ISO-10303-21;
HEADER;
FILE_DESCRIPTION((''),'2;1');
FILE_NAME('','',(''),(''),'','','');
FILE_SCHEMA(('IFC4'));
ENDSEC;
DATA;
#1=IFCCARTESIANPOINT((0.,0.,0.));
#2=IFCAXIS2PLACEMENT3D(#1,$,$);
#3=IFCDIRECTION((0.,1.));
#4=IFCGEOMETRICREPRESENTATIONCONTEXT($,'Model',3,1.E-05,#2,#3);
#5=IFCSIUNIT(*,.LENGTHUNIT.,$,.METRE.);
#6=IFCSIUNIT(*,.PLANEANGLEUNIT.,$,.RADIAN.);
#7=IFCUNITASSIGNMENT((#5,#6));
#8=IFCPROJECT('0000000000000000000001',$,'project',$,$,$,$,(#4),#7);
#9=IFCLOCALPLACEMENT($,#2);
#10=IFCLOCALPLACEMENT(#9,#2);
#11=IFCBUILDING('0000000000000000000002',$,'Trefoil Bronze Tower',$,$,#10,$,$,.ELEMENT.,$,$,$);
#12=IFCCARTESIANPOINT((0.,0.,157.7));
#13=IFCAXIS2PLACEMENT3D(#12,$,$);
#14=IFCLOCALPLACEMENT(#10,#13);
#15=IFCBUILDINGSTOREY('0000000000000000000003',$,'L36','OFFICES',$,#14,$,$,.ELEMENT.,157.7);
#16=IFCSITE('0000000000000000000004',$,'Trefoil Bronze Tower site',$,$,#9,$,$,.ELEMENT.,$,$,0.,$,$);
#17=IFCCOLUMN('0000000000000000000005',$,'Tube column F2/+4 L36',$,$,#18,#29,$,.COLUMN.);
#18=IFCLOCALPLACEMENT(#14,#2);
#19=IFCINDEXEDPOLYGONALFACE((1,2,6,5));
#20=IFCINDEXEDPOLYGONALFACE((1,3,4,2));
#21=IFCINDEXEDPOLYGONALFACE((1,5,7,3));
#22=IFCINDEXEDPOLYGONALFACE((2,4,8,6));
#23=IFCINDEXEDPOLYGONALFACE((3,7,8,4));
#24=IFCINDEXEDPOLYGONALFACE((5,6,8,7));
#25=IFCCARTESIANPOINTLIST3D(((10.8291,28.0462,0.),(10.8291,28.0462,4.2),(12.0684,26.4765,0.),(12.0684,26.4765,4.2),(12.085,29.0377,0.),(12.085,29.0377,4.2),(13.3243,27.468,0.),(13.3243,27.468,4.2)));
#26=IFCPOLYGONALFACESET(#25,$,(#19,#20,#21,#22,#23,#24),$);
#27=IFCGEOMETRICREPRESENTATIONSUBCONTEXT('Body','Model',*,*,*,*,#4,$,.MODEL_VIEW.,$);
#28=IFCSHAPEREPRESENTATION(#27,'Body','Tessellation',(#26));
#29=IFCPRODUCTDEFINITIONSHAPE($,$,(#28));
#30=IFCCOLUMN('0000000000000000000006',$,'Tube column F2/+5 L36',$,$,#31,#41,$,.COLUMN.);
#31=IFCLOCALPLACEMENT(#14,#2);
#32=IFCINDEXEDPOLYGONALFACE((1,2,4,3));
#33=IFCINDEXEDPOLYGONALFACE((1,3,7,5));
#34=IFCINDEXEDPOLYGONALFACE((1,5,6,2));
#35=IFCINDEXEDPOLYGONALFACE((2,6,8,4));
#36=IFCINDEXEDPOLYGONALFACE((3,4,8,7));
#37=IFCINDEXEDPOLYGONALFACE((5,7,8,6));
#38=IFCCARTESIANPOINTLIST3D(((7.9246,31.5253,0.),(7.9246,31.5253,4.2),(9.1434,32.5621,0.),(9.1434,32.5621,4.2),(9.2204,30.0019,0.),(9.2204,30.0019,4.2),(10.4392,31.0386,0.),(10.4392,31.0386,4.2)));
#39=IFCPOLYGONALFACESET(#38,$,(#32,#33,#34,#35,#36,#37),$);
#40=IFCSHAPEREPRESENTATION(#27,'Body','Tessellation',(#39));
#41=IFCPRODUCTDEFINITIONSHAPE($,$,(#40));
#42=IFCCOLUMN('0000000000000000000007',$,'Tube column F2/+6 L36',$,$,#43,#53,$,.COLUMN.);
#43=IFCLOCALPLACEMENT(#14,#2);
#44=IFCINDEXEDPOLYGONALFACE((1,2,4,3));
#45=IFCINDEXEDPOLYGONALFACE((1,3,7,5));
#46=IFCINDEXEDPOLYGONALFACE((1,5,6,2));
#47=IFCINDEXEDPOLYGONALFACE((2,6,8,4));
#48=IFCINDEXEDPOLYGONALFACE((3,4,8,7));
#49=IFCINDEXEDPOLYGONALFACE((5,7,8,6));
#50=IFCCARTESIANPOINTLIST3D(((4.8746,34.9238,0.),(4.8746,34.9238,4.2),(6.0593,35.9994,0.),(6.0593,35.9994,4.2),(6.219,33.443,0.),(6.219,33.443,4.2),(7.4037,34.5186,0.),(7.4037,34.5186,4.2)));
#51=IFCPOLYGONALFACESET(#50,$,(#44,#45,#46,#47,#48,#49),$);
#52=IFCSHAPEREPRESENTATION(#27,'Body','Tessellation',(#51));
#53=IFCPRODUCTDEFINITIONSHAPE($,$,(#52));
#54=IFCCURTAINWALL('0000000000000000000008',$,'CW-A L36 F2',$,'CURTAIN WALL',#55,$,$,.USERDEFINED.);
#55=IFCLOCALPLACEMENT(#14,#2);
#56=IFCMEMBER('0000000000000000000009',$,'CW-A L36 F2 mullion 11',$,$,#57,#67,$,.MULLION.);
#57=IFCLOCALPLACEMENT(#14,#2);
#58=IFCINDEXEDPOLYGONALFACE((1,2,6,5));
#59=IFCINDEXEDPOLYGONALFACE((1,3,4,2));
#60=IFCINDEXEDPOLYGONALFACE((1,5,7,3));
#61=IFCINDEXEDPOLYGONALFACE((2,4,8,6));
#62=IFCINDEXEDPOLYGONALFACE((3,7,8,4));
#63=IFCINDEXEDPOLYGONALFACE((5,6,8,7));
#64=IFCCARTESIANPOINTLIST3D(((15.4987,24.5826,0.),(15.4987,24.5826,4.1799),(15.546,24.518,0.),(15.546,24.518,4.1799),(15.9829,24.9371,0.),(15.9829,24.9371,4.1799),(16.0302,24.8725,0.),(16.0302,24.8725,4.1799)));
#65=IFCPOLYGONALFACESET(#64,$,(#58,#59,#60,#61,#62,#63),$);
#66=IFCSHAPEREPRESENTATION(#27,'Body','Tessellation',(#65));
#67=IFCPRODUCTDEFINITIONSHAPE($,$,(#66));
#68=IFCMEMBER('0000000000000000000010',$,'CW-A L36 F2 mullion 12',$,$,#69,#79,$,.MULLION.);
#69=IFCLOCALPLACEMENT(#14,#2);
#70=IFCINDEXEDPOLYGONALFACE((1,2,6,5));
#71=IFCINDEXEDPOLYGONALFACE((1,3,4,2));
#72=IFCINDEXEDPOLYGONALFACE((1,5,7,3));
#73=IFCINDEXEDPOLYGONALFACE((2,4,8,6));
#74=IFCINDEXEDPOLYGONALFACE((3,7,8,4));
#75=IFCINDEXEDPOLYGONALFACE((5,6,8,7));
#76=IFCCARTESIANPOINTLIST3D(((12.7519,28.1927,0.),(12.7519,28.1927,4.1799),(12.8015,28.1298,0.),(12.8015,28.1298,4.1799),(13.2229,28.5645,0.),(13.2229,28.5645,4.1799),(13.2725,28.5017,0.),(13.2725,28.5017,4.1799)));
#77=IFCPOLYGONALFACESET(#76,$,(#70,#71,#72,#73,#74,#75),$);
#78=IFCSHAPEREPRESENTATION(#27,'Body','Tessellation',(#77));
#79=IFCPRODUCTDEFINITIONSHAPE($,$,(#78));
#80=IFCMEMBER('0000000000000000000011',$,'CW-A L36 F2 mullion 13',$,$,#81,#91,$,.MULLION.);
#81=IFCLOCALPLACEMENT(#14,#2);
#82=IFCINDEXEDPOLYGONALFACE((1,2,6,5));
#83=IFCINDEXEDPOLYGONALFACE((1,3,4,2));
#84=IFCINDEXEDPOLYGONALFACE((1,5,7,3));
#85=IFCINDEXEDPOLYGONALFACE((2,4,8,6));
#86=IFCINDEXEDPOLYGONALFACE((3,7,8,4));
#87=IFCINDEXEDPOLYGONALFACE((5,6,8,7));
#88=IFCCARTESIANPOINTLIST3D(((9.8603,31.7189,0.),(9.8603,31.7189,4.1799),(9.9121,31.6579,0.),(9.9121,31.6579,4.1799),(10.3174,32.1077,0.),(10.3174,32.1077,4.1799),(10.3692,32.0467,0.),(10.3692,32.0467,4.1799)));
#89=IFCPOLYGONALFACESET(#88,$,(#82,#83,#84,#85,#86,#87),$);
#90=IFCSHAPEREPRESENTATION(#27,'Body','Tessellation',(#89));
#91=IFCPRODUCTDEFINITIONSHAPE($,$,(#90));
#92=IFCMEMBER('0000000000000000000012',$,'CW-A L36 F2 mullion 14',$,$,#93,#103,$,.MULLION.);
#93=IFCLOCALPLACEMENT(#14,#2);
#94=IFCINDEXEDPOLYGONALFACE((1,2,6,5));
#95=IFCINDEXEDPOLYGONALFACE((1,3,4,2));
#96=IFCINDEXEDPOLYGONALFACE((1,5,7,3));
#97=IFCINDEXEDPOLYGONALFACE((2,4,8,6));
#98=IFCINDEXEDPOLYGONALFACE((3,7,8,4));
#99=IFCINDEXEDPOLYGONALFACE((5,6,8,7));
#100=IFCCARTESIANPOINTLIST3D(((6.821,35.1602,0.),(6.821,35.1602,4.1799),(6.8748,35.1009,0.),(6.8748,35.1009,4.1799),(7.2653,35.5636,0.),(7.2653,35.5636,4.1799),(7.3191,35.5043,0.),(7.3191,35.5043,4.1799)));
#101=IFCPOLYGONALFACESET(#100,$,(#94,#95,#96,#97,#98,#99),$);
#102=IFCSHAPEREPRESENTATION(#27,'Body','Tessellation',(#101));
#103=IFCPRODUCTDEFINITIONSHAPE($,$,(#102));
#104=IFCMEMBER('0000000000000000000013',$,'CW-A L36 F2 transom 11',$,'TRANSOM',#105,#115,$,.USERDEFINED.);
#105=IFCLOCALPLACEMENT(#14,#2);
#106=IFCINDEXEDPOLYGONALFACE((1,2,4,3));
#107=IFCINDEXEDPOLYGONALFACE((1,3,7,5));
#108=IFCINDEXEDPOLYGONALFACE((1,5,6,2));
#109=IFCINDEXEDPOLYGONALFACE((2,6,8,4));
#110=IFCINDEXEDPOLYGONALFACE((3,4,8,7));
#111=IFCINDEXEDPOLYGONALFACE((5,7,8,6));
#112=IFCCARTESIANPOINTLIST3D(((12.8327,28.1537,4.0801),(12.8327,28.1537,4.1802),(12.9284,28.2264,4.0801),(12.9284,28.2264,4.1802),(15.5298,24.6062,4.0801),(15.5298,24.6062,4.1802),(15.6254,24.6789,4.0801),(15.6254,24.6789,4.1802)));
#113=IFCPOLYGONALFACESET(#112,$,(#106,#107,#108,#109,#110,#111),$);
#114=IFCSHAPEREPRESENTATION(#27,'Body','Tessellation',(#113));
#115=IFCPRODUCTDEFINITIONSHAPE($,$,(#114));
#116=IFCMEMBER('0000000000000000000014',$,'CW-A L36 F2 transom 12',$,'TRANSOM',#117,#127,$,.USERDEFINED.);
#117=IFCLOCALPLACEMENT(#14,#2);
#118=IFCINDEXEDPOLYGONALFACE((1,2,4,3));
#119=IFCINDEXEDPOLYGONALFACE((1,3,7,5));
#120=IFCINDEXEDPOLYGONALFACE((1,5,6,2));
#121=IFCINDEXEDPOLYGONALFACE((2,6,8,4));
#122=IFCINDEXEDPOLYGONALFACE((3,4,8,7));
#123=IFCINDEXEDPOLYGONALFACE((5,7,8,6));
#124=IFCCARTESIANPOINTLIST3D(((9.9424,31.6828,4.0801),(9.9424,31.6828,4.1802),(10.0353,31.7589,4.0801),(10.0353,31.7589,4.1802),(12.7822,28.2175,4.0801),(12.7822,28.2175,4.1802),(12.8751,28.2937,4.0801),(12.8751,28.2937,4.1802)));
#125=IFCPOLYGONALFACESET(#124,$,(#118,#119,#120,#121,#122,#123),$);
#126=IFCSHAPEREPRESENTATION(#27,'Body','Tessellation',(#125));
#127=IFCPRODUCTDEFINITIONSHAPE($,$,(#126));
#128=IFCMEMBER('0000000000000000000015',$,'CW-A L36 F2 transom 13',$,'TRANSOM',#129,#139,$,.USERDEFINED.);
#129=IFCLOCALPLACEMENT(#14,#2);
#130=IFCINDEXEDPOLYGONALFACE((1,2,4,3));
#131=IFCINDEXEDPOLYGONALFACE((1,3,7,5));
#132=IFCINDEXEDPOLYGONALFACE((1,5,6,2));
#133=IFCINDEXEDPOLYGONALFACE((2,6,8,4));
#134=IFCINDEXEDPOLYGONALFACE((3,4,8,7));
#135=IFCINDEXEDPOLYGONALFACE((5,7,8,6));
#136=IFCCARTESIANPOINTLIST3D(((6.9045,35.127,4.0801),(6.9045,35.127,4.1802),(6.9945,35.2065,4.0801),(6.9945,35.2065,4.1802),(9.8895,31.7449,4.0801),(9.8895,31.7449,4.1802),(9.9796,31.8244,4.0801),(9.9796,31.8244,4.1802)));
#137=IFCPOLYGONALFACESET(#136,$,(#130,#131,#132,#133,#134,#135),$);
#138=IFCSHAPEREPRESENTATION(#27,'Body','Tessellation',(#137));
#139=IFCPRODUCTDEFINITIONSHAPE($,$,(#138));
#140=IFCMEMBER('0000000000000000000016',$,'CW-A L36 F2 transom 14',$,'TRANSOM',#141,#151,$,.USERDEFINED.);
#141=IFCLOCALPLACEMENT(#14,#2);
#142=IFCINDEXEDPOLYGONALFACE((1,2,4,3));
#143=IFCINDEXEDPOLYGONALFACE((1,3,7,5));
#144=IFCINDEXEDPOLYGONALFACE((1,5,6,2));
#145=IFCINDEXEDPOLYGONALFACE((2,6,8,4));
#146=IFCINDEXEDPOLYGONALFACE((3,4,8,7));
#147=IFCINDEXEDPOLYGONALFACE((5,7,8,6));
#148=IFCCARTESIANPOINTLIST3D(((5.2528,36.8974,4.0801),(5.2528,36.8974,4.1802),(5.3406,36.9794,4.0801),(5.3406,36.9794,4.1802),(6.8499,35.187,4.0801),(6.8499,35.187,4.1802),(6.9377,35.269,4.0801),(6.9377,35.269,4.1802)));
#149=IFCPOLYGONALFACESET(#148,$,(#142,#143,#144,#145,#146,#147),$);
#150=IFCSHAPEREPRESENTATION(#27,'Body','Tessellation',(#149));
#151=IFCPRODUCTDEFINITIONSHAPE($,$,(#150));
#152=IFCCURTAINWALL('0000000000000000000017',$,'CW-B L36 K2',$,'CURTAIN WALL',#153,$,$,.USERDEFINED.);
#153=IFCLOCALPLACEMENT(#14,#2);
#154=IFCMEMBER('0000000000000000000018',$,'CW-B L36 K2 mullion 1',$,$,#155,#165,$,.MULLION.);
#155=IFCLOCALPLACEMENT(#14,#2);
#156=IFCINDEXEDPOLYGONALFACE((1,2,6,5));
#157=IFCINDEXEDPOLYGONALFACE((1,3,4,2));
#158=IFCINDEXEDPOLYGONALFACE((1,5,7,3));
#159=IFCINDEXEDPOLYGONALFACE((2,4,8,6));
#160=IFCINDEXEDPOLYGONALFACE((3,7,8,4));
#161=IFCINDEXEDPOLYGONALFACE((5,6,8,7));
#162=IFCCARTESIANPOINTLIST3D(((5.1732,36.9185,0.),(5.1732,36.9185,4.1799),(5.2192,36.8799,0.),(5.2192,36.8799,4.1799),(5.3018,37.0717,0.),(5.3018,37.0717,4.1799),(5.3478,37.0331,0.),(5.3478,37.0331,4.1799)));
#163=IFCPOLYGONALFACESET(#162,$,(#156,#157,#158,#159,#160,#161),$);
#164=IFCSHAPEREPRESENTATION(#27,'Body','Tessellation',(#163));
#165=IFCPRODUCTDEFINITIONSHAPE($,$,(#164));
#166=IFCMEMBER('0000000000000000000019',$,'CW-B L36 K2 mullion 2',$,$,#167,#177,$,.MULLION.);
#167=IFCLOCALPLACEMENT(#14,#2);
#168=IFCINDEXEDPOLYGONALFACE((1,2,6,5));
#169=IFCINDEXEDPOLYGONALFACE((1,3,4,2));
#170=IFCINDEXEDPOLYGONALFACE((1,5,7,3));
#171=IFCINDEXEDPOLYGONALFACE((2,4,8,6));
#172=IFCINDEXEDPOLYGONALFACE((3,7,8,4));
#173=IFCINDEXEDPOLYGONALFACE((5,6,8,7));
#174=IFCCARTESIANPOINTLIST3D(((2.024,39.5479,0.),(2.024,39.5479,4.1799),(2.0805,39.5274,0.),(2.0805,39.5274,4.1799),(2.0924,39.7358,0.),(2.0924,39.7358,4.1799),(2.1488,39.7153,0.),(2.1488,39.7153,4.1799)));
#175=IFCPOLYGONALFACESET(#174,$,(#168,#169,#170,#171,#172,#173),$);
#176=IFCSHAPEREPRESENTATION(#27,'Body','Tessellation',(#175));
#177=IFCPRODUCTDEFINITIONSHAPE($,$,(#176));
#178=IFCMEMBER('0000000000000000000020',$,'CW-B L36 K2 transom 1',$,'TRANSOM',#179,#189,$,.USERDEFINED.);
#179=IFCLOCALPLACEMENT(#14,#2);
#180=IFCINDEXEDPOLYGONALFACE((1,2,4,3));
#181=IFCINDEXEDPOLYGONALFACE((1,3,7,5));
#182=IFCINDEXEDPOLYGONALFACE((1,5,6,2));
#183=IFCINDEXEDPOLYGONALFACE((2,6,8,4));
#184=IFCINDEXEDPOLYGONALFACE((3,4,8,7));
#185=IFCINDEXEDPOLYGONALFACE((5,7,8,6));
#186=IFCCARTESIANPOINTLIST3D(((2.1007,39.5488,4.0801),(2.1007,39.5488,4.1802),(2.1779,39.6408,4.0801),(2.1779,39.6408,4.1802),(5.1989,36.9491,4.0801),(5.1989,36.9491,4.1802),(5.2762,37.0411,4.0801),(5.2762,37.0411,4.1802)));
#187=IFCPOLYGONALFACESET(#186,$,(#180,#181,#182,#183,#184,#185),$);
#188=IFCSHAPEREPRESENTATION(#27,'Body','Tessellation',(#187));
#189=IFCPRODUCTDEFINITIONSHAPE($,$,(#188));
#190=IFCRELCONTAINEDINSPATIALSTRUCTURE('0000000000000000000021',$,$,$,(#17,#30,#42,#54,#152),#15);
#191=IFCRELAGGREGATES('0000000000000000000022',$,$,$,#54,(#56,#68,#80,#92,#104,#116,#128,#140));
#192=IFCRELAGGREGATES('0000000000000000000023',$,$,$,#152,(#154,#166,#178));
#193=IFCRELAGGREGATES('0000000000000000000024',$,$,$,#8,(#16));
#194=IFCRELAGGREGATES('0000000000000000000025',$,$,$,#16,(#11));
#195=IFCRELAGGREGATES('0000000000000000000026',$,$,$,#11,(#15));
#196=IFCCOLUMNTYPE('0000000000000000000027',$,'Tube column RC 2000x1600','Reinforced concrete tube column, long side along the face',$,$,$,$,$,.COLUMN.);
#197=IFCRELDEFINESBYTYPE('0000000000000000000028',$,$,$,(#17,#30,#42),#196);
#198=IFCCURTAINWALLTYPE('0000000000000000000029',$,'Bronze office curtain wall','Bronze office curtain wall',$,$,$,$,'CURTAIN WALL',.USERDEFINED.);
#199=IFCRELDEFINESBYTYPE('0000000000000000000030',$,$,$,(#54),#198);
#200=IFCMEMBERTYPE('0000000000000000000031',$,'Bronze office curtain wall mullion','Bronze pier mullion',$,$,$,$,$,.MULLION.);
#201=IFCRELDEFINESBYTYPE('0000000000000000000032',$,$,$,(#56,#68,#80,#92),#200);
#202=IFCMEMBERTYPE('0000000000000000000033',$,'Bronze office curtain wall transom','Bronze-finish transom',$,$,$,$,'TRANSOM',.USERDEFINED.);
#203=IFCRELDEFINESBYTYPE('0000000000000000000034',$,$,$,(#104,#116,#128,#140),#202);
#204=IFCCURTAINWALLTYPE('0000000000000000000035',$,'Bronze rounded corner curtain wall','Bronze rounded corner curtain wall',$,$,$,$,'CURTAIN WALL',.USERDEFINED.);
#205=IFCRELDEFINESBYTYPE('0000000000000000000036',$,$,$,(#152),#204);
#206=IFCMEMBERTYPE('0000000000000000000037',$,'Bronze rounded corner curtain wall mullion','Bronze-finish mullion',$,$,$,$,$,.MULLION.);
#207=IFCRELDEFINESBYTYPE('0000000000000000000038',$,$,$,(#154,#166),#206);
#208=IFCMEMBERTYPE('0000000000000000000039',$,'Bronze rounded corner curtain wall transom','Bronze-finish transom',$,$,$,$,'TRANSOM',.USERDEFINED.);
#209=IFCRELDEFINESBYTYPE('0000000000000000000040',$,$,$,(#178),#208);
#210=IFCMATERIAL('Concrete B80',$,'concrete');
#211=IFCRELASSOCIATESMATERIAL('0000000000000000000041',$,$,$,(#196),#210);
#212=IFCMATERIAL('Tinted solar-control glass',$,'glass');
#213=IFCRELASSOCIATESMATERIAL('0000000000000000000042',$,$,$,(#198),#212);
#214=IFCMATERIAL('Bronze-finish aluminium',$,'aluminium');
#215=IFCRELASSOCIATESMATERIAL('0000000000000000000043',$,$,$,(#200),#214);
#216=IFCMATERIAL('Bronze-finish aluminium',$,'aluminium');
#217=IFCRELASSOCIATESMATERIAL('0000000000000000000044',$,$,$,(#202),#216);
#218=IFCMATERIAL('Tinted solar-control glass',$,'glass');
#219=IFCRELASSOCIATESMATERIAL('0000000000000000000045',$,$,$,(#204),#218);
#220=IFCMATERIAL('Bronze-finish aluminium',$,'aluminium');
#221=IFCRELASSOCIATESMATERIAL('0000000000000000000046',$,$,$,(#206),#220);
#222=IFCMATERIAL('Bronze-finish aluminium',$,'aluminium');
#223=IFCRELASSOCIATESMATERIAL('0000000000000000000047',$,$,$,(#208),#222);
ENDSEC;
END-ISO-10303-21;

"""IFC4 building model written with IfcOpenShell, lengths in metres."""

from ifc_helpers import new_model, si_unit, direction, frame, origin, origin_2d, place, context, subcontext, project, spatial, rectangle, extrude, material, material_profile, profile_set, type_object, element, aggregate, save


model = new_model("IFC4")

# Units and contexts
model_context = context("Model", 3, precision=1e-05, world=origin(), true_north=direction((0.0, 1.0)))
body_context = subcontext(model_context, "Body", "Model", "MODEL_VIEW")
ifc_project = project(units=[si_unit("LENGTHUNIT", "METRE"), si_unit("PLANEANGLEUNIT", "RADIAN")], contexts=[model_context])

# Site, building, storey
site_placement = place(None, origin())
site = spatial("IfcSite", under=ifc_project, at=site_placement, Name="Trefoil Bronze Tower site", CompositionType="ELEMENT", RefElevation=0.0)
building_placement = place(site_placement, origin())
building = spatial("IfcBuilding", under=site, at=building_placement, Name="Trefoil Bronze Tower", CompositionType="ELEMENT")
storey_placement = place(building_placement, frame((0.0, 0.0, 157.7)))
storey = spatial("IfcBuildingStorey", under=building, at=storey_placement, Name="L36", Description="OFFICES", CompositionType="ELEMENT", Elevation=157.7)

# Columns
ifc_material_1 = material(Name="Concrete B80", Category="concrete")
ifc_material_profile_1 = material_profile(ifc_material_1, rectangle(XDim=2.0, YDim=1.6001, at=origin_2d()), Name="RC 2000x1600")
ifc_profile_set_1 = profile_set([ifc_material_profile_1], Name="Concrete B80")
column_type = type_object("IfcColumnType", Name="Tube column RC 2000x1600", Description="Reinforced concrete tube column, long side along the face", PredefinedType="COLUMN", material=ifc_profile_set_1)
for number, where, z_axis, x_axis, name in (
    (1, (12.0767, 27.7571, 0.0), (0.0, 0.0, 1.0), (-0.619649, 0.784879, 0.0), "Tube column F2/+4 L36"),
    (2, (9.1819, 31.282, 0.0), (0.0, 0.0, 1.0), (-0.647904, 0.761722, 0.0), "Tube column F2/+5 L36"),
    (3, (6.1392, 34.7212, 0.0), (0.0, 0.0, 1.0), (-0.67221, 0.740361, 0.0), "Tube column F2/+6 L36"),
):
    element("IfcColumn", number, at=place(storey_placement, frame(where, z_axis=z_axis, x_axis=x_axis)), inside=storey, type_object=column_type, Name=name, PredefinedType="COLUMN", context=body_context, shape_type="SweptSolid", body=[
        extrude(rectangle(XDim=2.0, YDim=1.6001, at=origin_2d()), origin(), (0.0, 0.0, 1.0), 4.2),
    ])

# Curtain walls, members
ifc_material_2 = material(Name="Tinted solar-control glass", Category="glass")
curtain_wall_type_1 = type_object("IfcCurtainWallType", Name="Bronze office curtain wall", Description="Bronze office curtain wall", ElementType="CURTAIN WALL", PredefinedType="USERDEFINED", material=ifc_material_2)
curtain_wall_1_placement = place(storey_placement, origin())
curtain_wall_1 = element("IfcCurtainWall", 4, at=curtain_wall_1_placement, inside=storey, type_object=curtain_wall_type_1, Name="CW-A L36 F2", ObjectType="CURTAIN WALL", PredefinedType="USERDEFINED")
ifc_material_3 = material(Name="Bronze-finish aluminium", Category="aluminium")
ifc_material_profile_2 = material_profile(ifc_material_3, rectangle(XDim=0.6001, YDim=0.0801, at=origin_2d()), Name="CW-A mullion")
ifc_profile_set_2 = profile_set([ifc_material_profile_2], Name="Bronze-finish aluminium")
member_type_1 = type_object("IfcMemberType", Name="Bronze office curtain wall mullion", Description="Bronze pier mullion", PredefinedType="MULLION", material=ifc_profile_set_2)
member_1_placement = place(storey_placement, frame((15.7644, 24.7275, 0.0), z_axis=(0.0, 0.0, 1.0), x_axis=(-0.806875, -0.590723, 0.0)))
member_1 = element("IfcMember", 5, at=member_1_placement, type_object=member_type_1, Name="CW-A L36 F2 mullion 11", PredefinedType="MULLION", context=body_context, shape_type="SweptSolid", body=[
    extrude(rectangle(XDim=0.6001, YDim=0.0801, at=origin_2d()), origin(), (0.0, 0.0, 1.0), 4.1799),
])
member_2_placement = place(storey_placement, frame((13.0122, 28.3472, 0.0), z_axis=(0.0, 0.0, 1.0), x_axis=(-0.784879, -0.619649, 0.0)))
member_2 = element("IfcMember", 6, at=member_2_placement, type_object=member_type_1, Name="CW-A L36 F2 mullion 12", PredefinedType="MULLION", context=body_context, shape_type="SweptSolid", body=[
    extrude(rectangle(XDim=0.6001, YDim=0.0801, at=origin_2d()), origin(), (0.0, 0.0, 1.0), 4.1799),
])
member_3_placement = place(storey_placement, frame((10.1147, 31.8828, 0.0), z_axis=(0.0, 0.0, 1.0), x_axis=(-0.761722, -0.647904, 0.0)))
member_3 = element("IfcMember", 7, at=member_3_placement, type_object=member_type_1, Name="CW-A L36 F2 mullion 13", PredefinedType="MULLION", context=body_context, shape_type="SweptSolid", body=[
    extrude(rectangle(XDim=0.6001, YDim=0.0801, at=origin_2d()), origin(), (0.0, 0.0, 1.0), 4.1799),
])
member_4_placement = place(storey_placement, frame((7.0701, 35.3323, 0.0), z_axis=(0.0, 0.0, 1.0), x_axis=(-0.740361, -0.67221, 0.0)))
member_4 = element("IfcMember", 8, at=member_4_placement, type_object=member_type_1, Name="CW-A L36 F2 mullion 14", PredefinedType="MULLION", context=body_context, shape_type="SweptSolid", body=[
    extrude(rectangle(XDim=0.6001, YDim=0.0801, at=origin_2d()), origin(), (0.0, 0.0, 1.0), 4.1799),
])
ifc_material_4 = material(Name="Bronze-finish aluminium", Category="aluminium")
ifc_material_profile_3 = material_profile(ifc_material_4, rectangle(XDim=0.1201, YDim=0.1001, at=origin_2d()), Name="CW-A transom")
ifc_profile_set_3 = profile_set([ifc_material_profile_3], Name="Bronze-finish aluminium")
member_type_2 = type_object("IfcMemberType", Name="Bronze office curtain wall transom", Description="Bronze-finish transom", ElementType="TRANSOM", PredefinedType="USERDEFINED", material=ifc_profile_set_3)
member_5_placement = place(storey_placement, frame((15.5776, 24.6426, 4.1301), z_axis=(-0.605229, 0.796051, 0.0), x_axis=(-0.796051, -0.605229, 0.0)))
member_5 = element("IfcMember", 9, at=member_5_placement, type_object=member_type_2, Name="CW-A L36 F2 transom 11", ObjectType="TRANSOM", PredefinedType="USERDEFINED", context=body_context, shape_type="SweptSolid", body=[
    extrude(rectangle(XDim=0.1201, YDim=0.1001, at=origin_2d()), origin(), (0.0, 0.0, 1.0), 4.4563),
])
member_6_placement = place(storey_placement, frame((12.8286, 28.2556, 4.1301), z_axis=(-0.633849, 0.773457, 0.0), x_axis=(-0.773457, -0.633849, 0.0)))
member_6 = element("IfcMember", 10, at=member_6_placement, type_object=member_type_2, Name="CW-A L36 F2 transom 12", ObjectType="TRANSOM", PredefinedType="USERDEFINED", context=body_context, shape_type="SweptSolid", body=[
    extrude(rectangle(XDim=0.1201, YDim=0.1001, at=origin_2d()), origin(), (0.0, 0.0, 1.0), 4.4802),
])
member_7_placement = place(storey_placement, frame((9.9346, 31.7847, 4.1301), z_axis=(-0.661736, 0.749737, 0.0), x_axis=(-0.749737, -0.661736, 0.0)))
member_7 = element("IfcMember", 11, at=member_7_placement, type_object=member_type_2, Name="CW-A L36 F2 transom 13", ObjectType="TRANSOM", PredefinedType="USERDEFINED", context=body_context, shape_type="SweptSolid", body=[
    extrude(rectangle(XDim=0.1201, YDim=0.1001, at=origin_2d()), origin(), (0.0, 0.0, 1.0), 4.511),
])
member_8_placement = place(storey_placement, frame((6.8938, 35.228, 4.1301), z_axis=(-0.682489, 0.730896, 0.0), x_axis=(-0.730896, -0.682489, 0.0)))
member_8 = element("IfcMember", 12, at=member_8_placement, type_object=member_type_2, Name="CW-A L36 F2 transom 14", ObjectType="TRANSOM", PredefinedType="USERDEFINED", context=body_context, shape_type="SweptSolid", body=[
    extrude(rectangle(XDim=0.1201, YDim=0.1001, at=origin_2d()), origin(), (0.0, 0.0, 1.0), 2.3401),
])
ifc_material_5 = material(Name="Tinted solar-control glass", Category="glass")
curtain_wall_type_2 = type_object("IfcCurtainWallType", Name="Bronze rounded corner curtain wall", Description="Bronze rounded corner curtain wall", ElementType="CURTAIN WALL", PredefinedType="USERDEFINED", material=ifc_material_5)
curtain_wall_2_placement = place(storey_placement, origin())
curtain_wall_2 = element("IfcCurtainWall", 13, at=curtain_wall_2_placement, inside=storey, type_object=curtain_wall_type_2, Name="CW-B L36 K2", ObjectType="CURTAIN WALL", PredefinedType="USERDEFINED")
ifc_material_6 = material(Name="Bronze-finish aluminium", Category="aluminium")
ifc_material_profile_4 = material_profile(ifc_material_6, rectangle(XDim=0.2, YDim=0.0601, at=origin_2d()), Name="CW-B mullion")
ifc_profile_set_4 = profile_set([ifc_material_profile_4], Name="Bronze-finish aluminium")
member_type_3 = type_object("IfcMemberType", Name="Bronze rounded corner curtain wall mullion", Description="Bronze-finish mullion", PredefinedType="MULLION", material=ifc_profile_set_4)
member_9_placement = place(storey_placement, frame((5.2605, 36.9758, 0.0), z_axis=(0.0, 0.0, 1.0), x_axis=(-0.642788, -0.766044, 0.0)))
member_9 = element("IfcMember", 14, at=member_9_placement, type_object=member_type_3, Name="CW-B L36 K2 mullion 1", PredefinedType="MULLION", context=body_context, shape_type="SweptSolid", body=[
    extrude(rectangle(XDim=0.2, YDim=0.0601, at=origin_2d()), origin(), (0.0, 0.0, 1.0), 4.1799),
])
member_10_placement = place(storey_placement, frame((2.0864, 39.6316, 0.0), z_axis=(0.0, 0.0, 1.0), x_axis=(-0.34202, -0.939693, 0.0)))
member_10 = element("IfcMember", 15, at=member_10_placement, type_object=member_type_3, Name="CW-B L36 K2 mullion 2", PredefinedType="MULLION", context=body_context, shape_type="SweptSolid", body=[
    extrude(rectangle(XDim=0.2, YDim=0.0601, at=origin_2d()), origin(), (0.0, 0.0, 1.0), 4.1799),
])
ifc_material_7 = material(Name="Bronze-finish aluminium", Category="aluminium")
ifc_material_profile_5 = material_profile(ifc_material_7, rectangle(XDim=0.1201, YDim=0.1001, at=origin_2d()), Name="CW-B transom")
ifc_profile_set_5 = profile_set([ifc_material_profile_5], Name="Bronze-finish aluminium")
member_type_4 = type_object("IfcMemberType", Name="Bronze rounded corner curtain wall transom", Description="Bronze-finish transom", ElementType="TRANSOM", PredefinedType="USERDEFINED", material=ifc_profile_set_5)
member_11_placement = place(storey_placement, frame((5.2375, 36.9951, 4.1301), z_axis=(-0.76605, 0.642781, 0.0), x_axis=(-0.642781, -0.76605, 0.0)))
member_11 = element("IfcMember", 16, at=member_11_placement, type_object=member_type_4, Name="CW-B L36 K2 transom 1", ObjectType="TRANSOM", PredefinedType="USERDEFINED", context=body_context, shape_type="SweptSolid", body=[
    extrude(rectangle(XDim=0.1201, YDim=0.1001, at=origin_2d()), origin(), (0.0, 0.0, 1.0), 4.0444),
])

aggregate(curtain_wall_1, [member_1, member_2, member_3, member_4, member_5, member_6, member_7, member_8])
aggregate(curtain_wall_2, [member_9, member_10, member_11])

save(model, "model.ifc")
